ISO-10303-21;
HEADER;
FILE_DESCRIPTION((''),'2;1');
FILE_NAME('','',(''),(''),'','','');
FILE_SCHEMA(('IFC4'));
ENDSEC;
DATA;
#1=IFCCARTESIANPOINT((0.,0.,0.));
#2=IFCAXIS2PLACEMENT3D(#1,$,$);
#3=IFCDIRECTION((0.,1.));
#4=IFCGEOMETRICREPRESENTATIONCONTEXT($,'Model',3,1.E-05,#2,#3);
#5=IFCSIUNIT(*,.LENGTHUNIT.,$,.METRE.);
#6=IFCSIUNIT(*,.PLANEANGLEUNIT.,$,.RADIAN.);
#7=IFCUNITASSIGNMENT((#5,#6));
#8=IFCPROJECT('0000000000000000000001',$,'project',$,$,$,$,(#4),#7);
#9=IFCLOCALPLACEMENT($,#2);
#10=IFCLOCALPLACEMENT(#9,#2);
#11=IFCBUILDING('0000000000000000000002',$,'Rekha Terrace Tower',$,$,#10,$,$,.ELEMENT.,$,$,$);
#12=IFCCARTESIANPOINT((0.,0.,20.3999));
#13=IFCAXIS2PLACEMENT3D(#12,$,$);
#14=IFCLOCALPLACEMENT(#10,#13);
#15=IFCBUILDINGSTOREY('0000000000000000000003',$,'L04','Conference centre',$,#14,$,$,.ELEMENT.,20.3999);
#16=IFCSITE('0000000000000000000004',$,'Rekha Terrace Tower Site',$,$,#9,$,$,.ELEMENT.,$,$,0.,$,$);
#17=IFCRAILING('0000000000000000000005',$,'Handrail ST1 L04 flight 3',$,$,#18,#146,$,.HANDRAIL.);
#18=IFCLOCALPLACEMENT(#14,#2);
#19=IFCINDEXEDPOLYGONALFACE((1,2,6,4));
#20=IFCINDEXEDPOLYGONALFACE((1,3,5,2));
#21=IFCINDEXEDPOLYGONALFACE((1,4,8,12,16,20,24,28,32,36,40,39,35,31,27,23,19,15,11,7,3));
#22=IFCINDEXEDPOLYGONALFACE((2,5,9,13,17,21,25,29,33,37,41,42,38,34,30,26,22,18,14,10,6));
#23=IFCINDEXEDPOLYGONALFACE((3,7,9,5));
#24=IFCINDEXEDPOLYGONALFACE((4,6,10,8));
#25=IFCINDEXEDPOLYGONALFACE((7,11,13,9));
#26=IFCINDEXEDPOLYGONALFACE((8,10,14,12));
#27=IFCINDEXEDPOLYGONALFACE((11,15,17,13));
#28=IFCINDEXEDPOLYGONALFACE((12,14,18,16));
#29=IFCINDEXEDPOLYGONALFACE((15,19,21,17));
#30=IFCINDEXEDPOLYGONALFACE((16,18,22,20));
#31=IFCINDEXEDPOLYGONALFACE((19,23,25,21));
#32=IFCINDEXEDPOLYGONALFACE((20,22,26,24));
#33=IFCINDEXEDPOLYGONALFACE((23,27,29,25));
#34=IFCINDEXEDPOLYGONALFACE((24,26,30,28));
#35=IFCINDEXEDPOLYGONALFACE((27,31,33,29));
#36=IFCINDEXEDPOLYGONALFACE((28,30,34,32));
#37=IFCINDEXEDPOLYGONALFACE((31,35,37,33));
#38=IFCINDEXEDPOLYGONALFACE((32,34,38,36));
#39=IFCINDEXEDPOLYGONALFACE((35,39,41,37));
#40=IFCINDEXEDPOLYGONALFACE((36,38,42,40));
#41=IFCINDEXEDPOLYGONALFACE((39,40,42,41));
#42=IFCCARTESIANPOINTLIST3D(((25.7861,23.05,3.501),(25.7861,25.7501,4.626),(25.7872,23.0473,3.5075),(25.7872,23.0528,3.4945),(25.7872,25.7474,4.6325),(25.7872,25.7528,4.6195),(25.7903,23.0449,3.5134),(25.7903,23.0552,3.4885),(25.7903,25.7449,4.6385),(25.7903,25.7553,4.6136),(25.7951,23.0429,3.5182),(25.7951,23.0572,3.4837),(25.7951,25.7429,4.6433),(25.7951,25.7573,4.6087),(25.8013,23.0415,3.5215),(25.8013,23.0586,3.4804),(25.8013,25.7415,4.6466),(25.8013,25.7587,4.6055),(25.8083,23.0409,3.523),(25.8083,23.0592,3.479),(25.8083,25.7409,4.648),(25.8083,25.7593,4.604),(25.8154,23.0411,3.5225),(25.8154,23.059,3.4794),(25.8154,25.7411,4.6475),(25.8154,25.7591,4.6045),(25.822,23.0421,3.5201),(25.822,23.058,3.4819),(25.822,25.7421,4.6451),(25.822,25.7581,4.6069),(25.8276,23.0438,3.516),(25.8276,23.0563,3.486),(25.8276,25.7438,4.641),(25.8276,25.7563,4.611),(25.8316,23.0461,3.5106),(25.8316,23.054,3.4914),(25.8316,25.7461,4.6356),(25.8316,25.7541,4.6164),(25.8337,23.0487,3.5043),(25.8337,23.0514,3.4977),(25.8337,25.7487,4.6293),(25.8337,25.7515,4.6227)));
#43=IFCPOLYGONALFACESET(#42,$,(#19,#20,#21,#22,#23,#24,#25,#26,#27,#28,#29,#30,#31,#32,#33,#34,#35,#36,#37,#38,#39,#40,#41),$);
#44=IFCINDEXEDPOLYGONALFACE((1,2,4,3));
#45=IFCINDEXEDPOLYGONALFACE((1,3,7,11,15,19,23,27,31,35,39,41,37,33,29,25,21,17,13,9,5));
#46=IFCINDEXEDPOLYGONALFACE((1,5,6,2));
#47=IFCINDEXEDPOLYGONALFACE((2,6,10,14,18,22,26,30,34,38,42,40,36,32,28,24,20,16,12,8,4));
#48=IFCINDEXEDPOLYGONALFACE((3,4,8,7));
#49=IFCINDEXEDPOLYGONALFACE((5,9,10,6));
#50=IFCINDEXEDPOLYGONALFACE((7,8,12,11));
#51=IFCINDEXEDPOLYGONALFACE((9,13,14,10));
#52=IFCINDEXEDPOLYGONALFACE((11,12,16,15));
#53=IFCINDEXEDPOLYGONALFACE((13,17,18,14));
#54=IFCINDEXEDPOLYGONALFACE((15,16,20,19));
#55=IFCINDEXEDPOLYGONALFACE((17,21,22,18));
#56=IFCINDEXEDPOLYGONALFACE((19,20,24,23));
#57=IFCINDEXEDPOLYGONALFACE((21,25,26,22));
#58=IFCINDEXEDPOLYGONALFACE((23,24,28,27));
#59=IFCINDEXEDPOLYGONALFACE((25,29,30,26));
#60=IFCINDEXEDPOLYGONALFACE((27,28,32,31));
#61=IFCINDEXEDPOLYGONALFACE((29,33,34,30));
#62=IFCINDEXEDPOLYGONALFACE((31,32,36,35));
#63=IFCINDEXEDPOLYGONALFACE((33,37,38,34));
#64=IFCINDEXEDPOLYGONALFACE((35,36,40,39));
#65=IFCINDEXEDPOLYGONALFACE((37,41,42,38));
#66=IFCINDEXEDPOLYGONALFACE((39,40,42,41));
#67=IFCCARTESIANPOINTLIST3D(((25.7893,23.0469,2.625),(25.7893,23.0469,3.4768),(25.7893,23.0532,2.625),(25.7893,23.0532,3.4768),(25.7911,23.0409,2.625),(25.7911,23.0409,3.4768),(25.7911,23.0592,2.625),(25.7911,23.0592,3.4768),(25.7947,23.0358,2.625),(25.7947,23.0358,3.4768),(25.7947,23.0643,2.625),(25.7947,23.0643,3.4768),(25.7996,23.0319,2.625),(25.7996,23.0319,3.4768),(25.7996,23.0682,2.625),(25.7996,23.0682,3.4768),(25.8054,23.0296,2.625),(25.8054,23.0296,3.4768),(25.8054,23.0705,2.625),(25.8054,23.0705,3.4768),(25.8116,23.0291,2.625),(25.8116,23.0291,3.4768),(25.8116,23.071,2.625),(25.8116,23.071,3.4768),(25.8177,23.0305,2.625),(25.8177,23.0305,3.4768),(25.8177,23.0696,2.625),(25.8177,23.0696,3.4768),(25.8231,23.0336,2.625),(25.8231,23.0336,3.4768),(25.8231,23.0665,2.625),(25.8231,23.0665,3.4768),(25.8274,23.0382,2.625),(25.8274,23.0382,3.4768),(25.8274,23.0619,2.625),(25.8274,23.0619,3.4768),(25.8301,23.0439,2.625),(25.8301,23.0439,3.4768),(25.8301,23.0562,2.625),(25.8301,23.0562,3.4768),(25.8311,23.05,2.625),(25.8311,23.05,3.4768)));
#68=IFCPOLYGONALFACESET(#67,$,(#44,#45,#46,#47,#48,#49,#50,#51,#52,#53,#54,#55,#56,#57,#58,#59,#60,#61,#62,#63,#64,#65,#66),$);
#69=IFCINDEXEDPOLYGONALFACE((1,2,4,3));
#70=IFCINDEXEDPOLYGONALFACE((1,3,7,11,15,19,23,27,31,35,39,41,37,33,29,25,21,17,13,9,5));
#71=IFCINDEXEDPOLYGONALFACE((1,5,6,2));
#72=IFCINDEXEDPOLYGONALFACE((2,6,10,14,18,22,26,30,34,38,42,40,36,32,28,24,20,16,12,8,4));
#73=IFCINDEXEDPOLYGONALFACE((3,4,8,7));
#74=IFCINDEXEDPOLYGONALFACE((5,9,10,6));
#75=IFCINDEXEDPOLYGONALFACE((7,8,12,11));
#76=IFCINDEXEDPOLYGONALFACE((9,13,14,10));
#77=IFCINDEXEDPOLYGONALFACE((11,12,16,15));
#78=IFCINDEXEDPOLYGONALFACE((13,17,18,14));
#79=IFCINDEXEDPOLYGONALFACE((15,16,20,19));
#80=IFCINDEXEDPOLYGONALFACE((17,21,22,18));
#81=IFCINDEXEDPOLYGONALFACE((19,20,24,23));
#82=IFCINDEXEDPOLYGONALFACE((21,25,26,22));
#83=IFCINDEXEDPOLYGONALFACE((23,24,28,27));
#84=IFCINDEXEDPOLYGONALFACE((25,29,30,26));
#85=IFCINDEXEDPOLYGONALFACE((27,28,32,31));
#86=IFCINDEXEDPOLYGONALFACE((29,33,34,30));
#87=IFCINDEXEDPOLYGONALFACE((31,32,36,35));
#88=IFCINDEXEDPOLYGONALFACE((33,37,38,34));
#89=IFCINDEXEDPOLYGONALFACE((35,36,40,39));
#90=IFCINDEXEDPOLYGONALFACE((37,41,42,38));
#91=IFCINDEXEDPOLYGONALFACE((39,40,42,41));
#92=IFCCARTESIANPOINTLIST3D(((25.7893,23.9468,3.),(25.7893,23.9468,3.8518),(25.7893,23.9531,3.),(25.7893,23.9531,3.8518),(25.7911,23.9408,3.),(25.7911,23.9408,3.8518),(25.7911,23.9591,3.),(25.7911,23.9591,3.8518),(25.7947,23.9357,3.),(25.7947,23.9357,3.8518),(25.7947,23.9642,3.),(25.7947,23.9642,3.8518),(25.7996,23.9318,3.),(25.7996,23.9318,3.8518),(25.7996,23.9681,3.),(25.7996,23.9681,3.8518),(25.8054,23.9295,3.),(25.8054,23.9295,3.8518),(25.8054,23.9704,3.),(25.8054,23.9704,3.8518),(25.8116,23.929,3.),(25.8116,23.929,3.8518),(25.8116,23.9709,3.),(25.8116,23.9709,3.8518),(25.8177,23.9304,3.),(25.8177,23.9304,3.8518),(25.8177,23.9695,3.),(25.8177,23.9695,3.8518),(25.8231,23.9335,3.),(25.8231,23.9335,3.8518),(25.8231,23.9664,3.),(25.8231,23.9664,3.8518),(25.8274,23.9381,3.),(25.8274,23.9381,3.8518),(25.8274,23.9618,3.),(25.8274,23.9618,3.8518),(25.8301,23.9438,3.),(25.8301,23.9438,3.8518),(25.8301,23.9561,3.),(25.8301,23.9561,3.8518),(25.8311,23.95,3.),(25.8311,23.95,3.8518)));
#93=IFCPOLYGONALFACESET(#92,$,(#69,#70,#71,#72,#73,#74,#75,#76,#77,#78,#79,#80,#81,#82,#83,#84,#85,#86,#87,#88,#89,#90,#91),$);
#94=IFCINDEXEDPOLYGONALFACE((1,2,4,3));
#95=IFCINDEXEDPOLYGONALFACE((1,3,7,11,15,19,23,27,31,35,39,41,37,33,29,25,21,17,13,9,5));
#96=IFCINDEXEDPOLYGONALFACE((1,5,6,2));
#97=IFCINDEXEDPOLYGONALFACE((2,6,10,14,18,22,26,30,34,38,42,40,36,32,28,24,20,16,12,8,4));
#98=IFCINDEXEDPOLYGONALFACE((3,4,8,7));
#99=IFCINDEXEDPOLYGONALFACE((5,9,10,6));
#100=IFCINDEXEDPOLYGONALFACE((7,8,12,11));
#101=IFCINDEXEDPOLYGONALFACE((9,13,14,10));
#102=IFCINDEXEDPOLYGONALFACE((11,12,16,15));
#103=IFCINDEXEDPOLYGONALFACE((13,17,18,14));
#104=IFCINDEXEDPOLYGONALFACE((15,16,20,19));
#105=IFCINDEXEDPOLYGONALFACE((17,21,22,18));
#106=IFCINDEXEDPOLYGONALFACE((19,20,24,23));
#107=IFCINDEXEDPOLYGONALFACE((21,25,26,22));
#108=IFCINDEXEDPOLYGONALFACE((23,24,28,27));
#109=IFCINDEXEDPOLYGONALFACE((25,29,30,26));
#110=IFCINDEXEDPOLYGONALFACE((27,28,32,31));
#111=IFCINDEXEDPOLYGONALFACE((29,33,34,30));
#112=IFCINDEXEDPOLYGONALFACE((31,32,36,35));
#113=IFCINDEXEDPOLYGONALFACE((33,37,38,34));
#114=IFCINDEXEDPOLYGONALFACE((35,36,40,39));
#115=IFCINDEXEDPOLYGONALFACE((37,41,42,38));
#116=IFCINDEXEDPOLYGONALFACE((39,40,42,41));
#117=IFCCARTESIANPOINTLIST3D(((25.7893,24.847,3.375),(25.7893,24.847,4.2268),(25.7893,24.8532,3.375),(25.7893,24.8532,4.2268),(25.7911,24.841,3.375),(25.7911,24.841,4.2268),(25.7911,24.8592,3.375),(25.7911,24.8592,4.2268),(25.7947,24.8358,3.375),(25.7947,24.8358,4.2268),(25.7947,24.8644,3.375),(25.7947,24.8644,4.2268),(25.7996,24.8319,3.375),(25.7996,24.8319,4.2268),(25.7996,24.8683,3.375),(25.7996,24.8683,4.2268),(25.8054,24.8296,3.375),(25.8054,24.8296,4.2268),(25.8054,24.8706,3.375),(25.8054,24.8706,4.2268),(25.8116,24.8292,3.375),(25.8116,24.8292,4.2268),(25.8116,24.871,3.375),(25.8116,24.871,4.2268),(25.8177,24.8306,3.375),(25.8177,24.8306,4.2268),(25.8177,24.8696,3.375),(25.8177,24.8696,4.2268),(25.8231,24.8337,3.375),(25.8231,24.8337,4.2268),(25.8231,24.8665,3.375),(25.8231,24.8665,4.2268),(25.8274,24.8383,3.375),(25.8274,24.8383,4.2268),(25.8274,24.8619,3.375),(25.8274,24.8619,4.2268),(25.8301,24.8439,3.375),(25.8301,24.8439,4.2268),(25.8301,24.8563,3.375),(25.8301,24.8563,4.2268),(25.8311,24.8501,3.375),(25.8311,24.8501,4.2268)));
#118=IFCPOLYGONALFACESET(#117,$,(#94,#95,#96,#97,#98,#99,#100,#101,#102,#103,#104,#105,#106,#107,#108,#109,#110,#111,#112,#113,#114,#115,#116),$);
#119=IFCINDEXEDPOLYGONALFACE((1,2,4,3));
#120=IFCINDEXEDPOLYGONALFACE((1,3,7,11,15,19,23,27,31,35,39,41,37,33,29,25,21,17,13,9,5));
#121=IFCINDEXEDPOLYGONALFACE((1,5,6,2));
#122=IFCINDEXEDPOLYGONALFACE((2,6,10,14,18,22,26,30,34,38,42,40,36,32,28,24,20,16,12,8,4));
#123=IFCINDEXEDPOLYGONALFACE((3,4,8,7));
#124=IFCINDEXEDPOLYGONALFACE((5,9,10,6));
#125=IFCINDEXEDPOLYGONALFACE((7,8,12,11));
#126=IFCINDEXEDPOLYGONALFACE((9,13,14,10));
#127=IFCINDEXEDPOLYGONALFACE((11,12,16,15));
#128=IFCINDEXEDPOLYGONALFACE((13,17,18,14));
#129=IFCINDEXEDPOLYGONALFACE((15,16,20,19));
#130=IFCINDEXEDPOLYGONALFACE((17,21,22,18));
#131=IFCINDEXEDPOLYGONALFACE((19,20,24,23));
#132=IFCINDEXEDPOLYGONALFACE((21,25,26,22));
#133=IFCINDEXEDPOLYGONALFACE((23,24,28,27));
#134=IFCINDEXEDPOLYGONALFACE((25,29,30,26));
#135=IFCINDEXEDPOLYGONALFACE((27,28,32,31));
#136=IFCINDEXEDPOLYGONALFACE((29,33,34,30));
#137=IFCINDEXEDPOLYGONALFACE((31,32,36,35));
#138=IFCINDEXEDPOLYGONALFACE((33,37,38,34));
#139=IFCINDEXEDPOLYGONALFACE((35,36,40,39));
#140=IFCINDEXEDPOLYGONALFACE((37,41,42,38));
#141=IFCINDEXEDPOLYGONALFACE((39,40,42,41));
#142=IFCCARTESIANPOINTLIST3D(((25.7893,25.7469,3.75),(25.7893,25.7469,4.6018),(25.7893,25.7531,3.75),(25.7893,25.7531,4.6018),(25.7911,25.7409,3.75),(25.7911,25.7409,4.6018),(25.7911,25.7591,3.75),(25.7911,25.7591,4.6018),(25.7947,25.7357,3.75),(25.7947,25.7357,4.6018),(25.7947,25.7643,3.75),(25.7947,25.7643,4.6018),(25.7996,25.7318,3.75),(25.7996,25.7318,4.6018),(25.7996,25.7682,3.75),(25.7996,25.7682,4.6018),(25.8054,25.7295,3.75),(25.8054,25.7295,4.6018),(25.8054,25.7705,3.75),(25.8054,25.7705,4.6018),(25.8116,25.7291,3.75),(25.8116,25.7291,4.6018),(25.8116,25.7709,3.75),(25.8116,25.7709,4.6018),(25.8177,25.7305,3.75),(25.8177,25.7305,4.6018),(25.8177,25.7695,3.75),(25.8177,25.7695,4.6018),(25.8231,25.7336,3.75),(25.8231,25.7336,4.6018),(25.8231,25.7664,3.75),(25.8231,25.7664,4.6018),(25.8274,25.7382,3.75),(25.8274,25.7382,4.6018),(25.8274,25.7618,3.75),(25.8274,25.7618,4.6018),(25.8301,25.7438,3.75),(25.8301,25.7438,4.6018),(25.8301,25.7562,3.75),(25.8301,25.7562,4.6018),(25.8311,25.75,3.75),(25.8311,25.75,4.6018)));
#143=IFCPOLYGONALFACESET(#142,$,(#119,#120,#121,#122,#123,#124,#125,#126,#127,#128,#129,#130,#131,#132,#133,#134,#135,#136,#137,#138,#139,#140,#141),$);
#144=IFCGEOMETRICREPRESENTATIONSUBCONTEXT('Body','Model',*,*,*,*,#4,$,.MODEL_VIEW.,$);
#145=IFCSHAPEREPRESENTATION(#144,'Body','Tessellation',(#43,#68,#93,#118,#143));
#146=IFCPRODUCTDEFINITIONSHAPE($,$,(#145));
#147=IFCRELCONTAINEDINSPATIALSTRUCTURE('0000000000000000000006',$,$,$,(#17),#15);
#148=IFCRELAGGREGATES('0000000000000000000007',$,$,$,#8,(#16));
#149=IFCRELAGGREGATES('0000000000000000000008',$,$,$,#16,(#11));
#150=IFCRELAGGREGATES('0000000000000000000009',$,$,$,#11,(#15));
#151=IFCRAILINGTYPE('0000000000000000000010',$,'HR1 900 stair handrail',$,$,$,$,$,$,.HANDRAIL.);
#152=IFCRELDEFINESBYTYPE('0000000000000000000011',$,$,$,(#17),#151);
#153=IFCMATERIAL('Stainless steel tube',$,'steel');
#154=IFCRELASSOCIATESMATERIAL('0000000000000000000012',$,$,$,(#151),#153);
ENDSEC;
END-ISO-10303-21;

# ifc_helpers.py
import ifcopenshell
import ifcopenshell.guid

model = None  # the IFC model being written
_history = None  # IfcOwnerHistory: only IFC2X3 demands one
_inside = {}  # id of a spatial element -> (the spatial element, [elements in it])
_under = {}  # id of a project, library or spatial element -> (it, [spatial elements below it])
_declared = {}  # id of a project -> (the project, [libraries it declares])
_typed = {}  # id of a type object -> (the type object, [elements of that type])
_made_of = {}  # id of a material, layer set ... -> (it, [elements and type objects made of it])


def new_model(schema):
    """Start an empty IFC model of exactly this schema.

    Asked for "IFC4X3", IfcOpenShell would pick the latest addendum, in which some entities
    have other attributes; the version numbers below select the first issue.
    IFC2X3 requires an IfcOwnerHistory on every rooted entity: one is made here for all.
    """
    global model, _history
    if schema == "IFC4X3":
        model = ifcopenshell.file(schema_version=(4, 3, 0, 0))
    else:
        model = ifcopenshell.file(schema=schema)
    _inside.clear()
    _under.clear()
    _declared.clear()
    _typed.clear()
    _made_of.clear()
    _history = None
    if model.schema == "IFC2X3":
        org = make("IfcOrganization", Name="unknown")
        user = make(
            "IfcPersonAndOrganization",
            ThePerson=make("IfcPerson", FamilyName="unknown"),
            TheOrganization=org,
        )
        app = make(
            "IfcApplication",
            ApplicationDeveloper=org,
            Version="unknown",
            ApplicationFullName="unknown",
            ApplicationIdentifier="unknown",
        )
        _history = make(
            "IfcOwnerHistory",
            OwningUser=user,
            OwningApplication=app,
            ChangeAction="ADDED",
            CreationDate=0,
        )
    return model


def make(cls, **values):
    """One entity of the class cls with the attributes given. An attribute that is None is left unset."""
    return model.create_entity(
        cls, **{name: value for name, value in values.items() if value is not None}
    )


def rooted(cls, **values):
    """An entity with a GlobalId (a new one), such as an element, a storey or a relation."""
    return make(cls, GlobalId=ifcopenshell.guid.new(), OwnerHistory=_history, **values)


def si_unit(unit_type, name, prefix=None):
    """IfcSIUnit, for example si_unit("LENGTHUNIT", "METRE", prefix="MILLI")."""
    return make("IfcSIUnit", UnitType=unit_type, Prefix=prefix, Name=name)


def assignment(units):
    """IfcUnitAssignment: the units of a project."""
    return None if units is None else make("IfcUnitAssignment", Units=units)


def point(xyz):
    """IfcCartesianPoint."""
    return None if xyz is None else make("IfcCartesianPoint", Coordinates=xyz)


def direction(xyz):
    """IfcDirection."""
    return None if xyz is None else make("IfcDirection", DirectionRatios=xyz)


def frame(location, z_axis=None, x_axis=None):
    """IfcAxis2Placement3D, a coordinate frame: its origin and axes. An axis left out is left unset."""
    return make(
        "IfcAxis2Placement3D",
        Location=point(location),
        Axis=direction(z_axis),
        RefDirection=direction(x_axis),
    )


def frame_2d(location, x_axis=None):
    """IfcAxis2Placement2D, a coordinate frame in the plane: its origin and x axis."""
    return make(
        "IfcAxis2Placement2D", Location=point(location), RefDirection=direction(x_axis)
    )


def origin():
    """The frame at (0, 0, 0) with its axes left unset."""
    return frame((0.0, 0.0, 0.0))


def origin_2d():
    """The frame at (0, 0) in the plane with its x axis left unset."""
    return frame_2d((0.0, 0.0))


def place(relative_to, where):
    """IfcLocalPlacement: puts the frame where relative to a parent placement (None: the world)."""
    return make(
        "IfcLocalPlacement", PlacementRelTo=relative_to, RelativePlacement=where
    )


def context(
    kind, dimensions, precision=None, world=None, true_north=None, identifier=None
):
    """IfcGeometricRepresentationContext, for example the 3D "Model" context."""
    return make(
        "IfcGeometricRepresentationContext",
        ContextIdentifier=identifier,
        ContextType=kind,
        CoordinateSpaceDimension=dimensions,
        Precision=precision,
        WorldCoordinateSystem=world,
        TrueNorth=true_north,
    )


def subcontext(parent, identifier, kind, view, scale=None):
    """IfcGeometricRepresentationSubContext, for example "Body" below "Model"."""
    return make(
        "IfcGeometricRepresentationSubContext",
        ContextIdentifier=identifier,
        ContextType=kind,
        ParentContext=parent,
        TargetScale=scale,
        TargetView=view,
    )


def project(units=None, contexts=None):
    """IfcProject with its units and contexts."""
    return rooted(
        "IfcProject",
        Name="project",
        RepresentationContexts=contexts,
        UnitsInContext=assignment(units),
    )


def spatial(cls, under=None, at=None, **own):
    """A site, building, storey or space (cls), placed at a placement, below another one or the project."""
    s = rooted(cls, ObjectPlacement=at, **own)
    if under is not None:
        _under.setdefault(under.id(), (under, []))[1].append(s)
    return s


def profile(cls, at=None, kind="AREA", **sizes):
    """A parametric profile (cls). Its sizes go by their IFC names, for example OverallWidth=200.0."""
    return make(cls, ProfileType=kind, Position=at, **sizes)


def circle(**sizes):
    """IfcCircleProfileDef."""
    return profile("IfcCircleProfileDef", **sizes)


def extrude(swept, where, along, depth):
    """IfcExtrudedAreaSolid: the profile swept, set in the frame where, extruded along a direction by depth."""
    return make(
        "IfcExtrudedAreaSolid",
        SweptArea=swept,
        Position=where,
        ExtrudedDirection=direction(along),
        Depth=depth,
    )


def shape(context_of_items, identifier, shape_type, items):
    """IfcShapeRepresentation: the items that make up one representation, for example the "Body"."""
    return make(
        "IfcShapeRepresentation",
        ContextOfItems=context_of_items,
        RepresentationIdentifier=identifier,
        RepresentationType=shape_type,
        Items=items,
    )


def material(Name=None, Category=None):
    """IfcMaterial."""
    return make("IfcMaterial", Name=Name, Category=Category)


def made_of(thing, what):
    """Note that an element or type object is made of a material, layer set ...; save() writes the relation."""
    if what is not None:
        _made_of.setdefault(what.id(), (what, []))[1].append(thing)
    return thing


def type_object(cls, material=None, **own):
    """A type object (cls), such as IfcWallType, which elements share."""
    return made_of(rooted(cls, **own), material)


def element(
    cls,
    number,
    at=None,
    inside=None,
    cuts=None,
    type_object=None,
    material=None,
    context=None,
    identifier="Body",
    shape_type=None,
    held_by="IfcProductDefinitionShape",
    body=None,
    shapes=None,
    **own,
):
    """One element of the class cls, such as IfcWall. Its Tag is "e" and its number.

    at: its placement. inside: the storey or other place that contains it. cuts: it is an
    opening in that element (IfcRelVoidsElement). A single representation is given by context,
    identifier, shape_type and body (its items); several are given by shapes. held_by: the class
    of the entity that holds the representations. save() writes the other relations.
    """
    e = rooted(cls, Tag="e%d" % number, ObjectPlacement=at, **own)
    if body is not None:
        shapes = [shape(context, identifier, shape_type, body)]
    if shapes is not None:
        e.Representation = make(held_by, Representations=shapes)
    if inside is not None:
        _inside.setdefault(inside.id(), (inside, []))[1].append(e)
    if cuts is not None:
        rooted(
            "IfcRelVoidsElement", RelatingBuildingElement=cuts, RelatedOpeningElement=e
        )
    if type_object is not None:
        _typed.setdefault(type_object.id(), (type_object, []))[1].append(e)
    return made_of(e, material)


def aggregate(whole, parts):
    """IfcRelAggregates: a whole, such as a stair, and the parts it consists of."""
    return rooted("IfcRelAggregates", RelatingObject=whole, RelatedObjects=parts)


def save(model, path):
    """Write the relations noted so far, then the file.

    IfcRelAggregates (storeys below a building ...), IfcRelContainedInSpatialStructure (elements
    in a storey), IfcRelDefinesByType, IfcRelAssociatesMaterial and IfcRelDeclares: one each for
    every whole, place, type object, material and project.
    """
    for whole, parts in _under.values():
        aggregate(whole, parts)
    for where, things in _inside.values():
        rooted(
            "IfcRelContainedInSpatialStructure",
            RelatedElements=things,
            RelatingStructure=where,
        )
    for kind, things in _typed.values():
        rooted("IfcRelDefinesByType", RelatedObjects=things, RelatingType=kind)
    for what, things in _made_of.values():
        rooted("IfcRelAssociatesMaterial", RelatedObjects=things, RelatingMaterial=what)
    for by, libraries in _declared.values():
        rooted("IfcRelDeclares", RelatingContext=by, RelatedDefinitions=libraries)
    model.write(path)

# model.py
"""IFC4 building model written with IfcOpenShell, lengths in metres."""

from ifc_helpers import new_model, si_unit, direction, frame, origin, origin_2d, place, context, subcontext, project, spatial, circle, extrude, material, type_object, element, save


model = new_model("IFC4")

# Units and contexts
model_context = context("Model", 3, precision=1e-05, world=origin(), true_north=direction((0.0, 1.0)))
body_context = subcontext(model_context, "Body", "Model", "MODEL_VIEW")
ifc_project = project(units=[si_unit("LENGTHUNIT", "METRE"), si_unit("PLANEANGLEUNIT", "RADIAN")], contexts=[model_context])

# Site, building, storey
site_placement = place(None, origin())
site = spatial("IfcSite", under=ifc_project, at=site_placement, Name="Rekha Terrace Tower Site", CompositionType="ELEMENT", RefElevation=0.0)
building_placement = place(site_placement, origin())
building = spatial("IfcBuilding", under=site, at=building_placement, Name="Rekha Terrace Tower", CompositionType="ELEMENT")
storey_placement = place(building_placement, frame((0.0, 0.0, 20.3999)))
storey = spatial("IfcBuildingStorey", under=building, at=storey_placement, Name="L04", Description="Conference centre", CompositionType="ELEMENT", Elevation=20.3999)

# Railing
ifc_material_1 = material(Name="Stainless steel tube", Category="steel")
railing_type_1 = type_object("IfcRailingType", Name="HR1 900 stair handrail", PredefinedType="HANDRAIL", material=ifc_material_1)
railing_1_placement = place(storey_placement, frame((25.8101, 23.05, 2.625)))
element("IfcRailing", 1, at=railing_1_placement, inside=storey, type_object=railing_type_1, Name="Handrail ST1 L04 flight 3", PredefinedType="HANDRAIL", context=body_context, shape_type="SweptSolid", body=[
    extrude(circle(Radius=0.0239, at=origin_2d()), frame((0.0, 0.0, 0.876), z_axis=(0.0, 0.923074, 0.384621), x_axis=(-1.0, 0.0, 0.0)), (0.0, 0.0, 1.0), 2.925),
    extrude(circle(Radius=0.021, at=origin_2d()), origin(), (0.0, 0.0, 1.0), 0.8518),
    extrude(circle(Radius=0.021, at=origin_2d()), frame((0.0, 0.8999, 0.375)), (0.0, 0.0, 1.0), 0.8518),
    extrude(circle(Radius=0.021, at=origin_2d()), frame((0.0, 1.8, 0.75)), (0.0, 0.0, 1.0), 0.8518),
    extrude(circle(Radius=0.021, at=origin_2d()), frame((0.0, 2.7, 1.125)), (0.0, 0.0, 1.0), 0.8518),
])

save(model, "model.ifc")
